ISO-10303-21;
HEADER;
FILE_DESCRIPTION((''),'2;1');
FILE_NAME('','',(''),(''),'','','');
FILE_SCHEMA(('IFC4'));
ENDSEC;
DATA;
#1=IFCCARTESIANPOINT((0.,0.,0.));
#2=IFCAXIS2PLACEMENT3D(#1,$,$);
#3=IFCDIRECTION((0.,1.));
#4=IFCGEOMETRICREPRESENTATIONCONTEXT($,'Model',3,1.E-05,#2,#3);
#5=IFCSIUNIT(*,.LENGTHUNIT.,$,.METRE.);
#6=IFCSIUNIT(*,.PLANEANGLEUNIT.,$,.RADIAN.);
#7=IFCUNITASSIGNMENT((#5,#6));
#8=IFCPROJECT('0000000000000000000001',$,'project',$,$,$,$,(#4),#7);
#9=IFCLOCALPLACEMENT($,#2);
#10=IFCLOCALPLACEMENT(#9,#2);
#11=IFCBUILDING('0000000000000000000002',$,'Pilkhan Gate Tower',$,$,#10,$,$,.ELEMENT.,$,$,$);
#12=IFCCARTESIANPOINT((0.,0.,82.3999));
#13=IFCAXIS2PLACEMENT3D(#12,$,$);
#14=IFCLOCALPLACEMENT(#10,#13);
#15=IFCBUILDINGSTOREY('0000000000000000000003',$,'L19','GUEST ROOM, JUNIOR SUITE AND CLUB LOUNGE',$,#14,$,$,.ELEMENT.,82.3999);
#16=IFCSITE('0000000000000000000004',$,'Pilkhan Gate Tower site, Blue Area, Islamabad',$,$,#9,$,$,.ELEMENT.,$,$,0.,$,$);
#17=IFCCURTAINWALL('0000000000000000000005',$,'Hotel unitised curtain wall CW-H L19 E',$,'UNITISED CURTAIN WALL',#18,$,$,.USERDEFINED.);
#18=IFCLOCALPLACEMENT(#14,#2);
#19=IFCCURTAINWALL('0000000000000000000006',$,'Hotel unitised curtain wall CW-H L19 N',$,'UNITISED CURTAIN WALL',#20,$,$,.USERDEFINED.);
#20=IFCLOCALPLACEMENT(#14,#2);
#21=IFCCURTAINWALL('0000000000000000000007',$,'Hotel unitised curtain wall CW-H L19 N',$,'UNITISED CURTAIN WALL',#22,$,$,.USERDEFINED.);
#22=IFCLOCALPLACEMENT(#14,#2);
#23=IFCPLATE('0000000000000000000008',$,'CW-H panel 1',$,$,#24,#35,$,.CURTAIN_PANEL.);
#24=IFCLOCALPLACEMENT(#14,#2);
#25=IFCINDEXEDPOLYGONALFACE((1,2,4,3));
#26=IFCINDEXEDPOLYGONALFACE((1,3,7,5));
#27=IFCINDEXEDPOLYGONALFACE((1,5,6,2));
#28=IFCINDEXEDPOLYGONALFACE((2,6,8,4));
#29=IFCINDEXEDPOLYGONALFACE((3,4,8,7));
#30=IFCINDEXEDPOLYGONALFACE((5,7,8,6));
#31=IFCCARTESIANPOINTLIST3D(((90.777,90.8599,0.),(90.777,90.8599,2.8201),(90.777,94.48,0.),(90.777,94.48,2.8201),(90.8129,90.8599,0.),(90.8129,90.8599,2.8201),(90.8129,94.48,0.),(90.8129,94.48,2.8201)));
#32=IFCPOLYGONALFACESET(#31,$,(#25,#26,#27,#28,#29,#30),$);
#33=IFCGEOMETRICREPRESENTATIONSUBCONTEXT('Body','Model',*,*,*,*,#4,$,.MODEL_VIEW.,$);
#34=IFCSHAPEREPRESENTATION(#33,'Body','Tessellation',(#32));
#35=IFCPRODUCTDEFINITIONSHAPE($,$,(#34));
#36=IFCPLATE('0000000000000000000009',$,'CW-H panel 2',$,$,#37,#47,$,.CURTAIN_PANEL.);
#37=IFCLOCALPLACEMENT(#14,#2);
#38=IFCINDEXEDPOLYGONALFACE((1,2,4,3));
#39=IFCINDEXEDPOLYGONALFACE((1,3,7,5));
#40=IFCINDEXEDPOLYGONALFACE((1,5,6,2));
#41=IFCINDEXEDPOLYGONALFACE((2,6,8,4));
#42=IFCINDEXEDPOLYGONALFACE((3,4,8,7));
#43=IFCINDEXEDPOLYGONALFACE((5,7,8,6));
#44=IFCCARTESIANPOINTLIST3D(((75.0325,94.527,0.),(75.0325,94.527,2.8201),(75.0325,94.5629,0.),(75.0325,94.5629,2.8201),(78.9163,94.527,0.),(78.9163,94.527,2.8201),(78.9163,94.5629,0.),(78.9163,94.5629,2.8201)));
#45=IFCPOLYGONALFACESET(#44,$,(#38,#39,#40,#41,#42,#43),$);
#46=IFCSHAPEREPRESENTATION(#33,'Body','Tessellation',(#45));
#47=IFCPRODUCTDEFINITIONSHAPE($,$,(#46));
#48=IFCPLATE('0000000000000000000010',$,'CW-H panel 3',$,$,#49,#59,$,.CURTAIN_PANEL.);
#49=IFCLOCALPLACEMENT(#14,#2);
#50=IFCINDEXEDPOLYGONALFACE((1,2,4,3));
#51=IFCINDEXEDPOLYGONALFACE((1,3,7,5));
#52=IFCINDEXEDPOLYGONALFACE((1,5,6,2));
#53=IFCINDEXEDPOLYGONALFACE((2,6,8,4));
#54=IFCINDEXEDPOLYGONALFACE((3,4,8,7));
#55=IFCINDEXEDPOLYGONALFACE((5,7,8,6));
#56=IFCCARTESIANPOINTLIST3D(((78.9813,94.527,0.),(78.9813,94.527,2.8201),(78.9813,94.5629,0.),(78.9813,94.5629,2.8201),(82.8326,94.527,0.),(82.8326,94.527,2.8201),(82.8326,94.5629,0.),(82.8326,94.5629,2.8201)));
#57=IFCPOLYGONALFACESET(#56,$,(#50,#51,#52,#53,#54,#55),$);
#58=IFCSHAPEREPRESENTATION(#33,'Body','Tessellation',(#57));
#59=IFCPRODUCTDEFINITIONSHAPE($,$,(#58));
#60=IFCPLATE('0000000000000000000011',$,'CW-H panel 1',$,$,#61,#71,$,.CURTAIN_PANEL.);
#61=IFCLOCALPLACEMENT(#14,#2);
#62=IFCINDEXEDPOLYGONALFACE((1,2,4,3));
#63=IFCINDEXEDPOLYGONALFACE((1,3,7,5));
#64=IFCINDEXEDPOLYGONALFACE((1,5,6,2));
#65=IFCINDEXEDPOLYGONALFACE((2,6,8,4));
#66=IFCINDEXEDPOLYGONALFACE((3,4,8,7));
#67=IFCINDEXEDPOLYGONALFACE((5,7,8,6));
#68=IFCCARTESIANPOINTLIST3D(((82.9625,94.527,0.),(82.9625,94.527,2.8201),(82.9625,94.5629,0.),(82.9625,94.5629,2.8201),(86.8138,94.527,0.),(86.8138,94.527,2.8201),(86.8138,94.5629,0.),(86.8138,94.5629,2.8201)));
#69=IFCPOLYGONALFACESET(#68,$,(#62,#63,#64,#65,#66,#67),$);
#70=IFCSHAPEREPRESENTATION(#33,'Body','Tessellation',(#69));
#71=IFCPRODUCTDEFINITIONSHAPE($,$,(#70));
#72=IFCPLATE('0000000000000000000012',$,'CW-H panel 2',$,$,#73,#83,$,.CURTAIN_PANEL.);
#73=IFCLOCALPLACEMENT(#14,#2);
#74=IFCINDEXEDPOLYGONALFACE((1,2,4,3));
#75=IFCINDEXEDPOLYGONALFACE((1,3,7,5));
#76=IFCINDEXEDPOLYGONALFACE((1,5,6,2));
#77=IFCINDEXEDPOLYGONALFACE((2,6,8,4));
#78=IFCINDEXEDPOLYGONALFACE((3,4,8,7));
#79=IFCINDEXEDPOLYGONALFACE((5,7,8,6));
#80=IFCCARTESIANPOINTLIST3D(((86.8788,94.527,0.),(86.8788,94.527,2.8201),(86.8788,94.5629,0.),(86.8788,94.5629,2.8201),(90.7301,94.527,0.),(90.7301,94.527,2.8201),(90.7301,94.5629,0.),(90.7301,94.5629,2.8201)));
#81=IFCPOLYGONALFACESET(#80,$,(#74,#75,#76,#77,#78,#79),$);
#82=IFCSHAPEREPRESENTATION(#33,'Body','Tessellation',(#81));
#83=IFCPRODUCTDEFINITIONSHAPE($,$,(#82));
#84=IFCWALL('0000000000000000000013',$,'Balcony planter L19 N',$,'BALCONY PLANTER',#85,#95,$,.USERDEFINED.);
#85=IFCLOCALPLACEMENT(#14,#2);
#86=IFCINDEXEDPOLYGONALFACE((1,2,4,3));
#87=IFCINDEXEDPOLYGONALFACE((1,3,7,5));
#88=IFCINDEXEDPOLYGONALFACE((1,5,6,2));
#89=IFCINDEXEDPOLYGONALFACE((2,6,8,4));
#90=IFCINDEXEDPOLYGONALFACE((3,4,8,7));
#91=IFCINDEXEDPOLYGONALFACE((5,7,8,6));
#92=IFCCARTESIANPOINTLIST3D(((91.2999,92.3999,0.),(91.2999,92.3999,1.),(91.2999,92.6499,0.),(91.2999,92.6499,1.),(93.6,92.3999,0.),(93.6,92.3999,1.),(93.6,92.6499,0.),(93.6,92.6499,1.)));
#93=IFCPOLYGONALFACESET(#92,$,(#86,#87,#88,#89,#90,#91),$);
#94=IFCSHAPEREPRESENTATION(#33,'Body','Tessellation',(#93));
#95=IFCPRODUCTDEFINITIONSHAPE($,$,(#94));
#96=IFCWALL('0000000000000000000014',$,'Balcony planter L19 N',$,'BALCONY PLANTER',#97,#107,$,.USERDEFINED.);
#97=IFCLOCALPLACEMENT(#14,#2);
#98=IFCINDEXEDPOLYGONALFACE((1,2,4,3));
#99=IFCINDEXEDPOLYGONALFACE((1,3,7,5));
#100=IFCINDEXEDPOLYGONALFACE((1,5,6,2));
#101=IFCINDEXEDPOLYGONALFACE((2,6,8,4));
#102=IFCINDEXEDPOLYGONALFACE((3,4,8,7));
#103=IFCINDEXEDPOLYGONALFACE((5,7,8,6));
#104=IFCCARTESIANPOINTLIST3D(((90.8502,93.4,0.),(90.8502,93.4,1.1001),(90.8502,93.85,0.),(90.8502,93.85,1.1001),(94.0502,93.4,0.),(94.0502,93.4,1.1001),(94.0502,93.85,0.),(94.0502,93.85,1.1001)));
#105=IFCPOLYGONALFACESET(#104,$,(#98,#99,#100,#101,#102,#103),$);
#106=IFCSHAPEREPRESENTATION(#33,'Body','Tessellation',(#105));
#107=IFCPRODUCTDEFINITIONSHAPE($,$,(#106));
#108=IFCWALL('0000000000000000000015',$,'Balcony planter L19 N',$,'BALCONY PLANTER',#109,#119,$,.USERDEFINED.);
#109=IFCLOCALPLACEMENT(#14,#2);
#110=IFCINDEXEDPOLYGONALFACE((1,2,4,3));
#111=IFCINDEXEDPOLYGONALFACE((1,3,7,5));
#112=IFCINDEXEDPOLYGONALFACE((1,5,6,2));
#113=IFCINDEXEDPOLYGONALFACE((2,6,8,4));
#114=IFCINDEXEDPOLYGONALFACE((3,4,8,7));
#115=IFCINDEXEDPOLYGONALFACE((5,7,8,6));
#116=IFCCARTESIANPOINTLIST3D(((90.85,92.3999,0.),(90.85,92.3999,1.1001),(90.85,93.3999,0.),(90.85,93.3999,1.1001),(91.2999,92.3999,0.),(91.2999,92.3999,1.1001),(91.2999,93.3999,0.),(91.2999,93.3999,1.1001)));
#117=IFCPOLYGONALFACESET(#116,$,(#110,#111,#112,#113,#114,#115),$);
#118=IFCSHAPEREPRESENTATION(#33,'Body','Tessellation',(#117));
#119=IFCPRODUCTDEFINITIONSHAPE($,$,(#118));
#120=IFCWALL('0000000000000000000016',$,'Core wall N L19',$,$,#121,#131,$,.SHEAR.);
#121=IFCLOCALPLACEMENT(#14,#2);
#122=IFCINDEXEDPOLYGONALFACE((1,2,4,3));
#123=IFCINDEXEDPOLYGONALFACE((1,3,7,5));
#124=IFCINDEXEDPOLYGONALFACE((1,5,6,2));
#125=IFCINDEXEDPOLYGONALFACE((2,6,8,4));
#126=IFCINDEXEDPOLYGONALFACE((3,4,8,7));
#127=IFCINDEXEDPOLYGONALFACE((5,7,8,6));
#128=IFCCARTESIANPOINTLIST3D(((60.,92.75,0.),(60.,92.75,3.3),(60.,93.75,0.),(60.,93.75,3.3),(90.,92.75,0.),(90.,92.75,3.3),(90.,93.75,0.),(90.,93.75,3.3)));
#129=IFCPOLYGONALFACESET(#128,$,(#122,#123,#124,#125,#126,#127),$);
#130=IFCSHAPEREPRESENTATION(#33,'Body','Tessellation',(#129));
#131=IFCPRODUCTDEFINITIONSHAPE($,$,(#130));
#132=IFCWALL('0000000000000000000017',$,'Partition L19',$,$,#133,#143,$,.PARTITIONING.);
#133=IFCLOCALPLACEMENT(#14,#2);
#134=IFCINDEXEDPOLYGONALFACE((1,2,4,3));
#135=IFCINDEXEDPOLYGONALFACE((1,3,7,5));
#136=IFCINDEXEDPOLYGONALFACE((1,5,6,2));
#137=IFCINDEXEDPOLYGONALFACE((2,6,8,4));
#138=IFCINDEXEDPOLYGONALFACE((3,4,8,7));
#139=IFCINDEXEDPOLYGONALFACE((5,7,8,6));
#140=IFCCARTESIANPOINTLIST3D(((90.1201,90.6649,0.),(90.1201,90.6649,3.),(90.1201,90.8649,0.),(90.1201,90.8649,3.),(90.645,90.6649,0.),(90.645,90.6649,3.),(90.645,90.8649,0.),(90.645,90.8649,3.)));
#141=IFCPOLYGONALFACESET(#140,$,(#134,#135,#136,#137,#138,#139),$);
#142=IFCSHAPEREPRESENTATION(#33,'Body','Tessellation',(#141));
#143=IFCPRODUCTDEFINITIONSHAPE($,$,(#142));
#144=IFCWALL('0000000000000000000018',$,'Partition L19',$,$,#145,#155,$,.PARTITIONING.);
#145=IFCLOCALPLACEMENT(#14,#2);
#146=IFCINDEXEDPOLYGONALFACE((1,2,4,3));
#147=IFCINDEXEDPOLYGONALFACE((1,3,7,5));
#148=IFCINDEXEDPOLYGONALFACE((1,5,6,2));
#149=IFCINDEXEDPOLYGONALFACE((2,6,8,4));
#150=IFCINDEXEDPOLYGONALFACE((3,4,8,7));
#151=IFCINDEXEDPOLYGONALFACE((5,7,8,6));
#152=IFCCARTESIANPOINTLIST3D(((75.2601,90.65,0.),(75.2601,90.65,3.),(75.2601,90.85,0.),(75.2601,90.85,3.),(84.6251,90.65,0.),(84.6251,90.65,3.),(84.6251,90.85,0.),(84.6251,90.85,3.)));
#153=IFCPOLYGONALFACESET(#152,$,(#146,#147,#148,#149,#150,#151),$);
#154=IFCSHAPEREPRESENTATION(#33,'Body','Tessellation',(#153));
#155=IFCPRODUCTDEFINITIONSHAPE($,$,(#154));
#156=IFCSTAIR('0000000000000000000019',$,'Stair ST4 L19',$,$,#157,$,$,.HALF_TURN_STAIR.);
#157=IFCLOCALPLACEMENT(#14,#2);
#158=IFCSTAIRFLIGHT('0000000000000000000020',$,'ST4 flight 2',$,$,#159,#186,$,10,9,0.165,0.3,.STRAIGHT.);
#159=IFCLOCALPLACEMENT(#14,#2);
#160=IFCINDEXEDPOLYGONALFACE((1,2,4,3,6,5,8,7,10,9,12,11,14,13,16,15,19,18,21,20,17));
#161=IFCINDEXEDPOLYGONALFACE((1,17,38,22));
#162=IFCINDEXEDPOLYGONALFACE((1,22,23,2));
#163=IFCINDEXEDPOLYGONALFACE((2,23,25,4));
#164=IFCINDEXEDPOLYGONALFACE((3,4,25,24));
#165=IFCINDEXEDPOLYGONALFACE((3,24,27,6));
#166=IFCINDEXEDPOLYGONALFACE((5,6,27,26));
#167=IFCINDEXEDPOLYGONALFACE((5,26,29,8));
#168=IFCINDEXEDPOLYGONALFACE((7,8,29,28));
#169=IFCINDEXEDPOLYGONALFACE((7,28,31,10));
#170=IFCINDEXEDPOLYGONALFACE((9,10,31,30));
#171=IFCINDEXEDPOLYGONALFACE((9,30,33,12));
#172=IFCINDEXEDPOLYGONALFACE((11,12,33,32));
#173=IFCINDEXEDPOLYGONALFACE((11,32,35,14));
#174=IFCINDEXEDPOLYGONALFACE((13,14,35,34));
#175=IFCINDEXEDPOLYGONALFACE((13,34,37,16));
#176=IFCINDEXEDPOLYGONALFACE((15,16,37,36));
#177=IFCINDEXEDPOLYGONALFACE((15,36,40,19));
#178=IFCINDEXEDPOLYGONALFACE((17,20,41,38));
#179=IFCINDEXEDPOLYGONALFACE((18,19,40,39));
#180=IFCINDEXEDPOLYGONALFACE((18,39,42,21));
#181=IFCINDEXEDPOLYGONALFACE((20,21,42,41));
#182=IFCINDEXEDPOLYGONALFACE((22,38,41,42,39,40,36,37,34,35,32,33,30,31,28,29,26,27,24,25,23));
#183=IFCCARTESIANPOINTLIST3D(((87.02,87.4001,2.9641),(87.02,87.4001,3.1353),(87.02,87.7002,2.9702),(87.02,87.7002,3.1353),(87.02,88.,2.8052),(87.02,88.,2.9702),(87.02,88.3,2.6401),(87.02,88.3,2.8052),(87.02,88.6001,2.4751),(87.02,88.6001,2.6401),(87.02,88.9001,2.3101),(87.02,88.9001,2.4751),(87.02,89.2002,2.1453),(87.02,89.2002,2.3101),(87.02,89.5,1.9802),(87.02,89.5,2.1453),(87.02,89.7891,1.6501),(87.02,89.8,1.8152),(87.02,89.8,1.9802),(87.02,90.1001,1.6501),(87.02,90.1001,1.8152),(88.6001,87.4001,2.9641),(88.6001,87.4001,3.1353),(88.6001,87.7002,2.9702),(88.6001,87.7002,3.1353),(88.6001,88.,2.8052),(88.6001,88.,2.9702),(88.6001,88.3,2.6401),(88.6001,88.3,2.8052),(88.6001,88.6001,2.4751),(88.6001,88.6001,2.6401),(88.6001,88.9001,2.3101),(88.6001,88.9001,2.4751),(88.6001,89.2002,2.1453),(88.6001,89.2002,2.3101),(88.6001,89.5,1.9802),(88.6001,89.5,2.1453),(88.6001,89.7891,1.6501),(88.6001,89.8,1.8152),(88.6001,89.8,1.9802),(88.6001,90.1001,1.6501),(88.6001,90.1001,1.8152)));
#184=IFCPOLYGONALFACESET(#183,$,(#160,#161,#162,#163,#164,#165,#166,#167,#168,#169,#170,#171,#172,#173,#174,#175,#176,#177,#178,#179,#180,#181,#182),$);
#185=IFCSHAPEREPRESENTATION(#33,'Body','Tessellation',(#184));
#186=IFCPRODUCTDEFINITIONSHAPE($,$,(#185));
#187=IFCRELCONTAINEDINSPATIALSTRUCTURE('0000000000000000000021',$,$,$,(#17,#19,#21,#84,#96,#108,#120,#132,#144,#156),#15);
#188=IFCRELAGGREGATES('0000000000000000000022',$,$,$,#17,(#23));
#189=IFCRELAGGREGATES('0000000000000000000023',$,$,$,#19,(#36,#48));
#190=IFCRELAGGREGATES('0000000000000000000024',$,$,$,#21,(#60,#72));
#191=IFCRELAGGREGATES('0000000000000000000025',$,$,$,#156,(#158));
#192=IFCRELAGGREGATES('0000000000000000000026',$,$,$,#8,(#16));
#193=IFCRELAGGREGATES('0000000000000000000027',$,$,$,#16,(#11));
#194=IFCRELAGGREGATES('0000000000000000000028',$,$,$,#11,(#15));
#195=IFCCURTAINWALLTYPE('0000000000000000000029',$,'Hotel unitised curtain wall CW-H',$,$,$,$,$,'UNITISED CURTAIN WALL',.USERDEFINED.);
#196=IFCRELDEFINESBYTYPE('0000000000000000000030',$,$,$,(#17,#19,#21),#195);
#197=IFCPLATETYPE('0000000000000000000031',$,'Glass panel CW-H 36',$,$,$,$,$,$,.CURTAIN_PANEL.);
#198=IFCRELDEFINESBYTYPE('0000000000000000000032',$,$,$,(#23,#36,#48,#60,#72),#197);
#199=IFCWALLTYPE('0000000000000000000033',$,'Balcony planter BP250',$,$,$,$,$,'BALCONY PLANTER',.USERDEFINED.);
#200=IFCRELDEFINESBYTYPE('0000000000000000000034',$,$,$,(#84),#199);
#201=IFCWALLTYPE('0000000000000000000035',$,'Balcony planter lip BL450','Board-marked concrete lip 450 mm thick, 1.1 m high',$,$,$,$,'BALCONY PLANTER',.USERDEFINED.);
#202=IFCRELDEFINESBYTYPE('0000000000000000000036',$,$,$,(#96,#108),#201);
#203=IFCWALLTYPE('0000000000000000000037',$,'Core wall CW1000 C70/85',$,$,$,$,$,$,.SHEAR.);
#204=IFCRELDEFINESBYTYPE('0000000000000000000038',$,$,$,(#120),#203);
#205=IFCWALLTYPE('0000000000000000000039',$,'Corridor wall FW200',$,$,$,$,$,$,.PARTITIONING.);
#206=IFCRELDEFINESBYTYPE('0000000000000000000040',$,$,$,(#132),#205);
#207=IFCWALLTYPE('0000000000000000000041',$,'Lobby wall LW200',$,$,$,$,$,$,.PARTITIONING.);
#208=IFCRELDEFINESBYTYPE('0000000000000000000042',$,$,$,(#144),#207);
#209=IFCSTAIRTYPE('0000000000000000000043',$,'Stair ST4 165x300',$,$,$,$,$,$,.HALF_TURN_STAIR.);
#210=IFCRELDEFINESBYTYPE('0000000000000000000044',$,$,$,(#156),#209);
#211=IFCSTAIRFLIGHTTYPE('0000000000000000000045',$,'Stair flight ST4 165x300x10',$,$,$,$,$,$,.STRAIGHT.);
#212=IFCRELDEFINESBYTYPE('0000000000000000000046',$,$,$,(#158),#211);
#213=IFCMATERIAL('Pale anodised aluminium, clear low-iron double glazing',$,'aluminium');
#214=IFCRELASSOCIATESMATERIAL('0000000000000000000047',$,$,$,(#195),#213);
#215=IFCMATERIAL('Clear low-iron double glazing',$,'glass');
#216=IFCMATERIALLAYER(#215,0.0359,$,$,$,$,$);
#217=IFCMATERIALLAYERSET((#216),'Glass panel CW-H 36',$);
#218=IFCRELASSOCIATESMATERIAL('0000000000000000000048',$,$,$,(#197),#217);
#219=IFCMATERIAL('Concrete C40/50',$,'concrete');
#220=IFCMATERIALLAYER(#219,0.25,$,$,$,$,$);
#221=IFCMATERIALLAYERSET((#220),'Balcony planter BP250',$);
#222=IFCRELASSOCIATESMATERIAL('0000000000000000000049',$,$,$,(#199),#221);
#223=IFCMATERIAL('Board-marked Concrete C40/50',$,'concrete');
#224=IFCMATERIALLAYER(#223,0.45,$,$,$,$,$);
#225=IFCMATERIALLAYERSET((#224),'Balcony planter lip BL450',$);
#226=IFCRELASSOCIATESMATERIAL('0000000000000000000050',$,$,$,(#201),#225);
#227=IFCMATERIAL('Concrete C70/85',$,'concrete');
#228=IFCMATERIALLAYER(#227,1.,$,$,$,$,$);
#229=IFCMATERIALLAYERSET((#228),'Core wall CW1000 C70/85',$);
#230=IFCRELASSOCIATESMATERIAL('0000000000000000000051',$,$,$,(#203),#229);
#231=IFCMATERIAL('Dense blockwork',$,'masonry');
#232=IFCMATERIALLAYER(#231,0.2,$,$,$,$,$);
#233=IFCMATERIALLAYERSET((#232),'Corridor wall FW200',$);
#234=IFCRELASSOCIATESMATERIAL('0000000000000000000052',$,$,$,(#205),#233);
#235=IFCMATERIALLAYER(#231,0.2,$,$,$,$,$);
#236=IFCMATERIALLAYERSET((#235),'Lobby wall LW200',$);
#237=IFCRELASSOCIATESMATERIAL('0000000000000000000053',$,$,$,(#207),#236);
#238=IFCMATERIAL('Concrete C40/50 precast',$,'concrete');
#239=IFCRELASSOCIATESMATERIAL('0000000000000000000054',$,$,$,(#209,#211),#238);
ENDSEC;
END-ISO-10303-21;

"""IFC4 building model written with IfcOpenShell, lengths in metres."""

from ifc_helpers import new_model, si_unit, direction, frame, frame_2d, origin, origin_2d, place, context, subcontext, project, spatial, polyline, rectangle, outline, extrude, material, layer, layer_set, type_object, element, aggregate, save


model = new_model("IFC4")

# Units and contexts
model_context = context("Model", 3, precision=1e-05, world=origin(), true_north=direction((0.0, 1.0)))
body_context = subcontext(model_context, "Body", "Model", "MODEL_VIEW")
ifc_project = project(units=[si_unit("LENGTHUNIT", "METRE"), si_unit("PLANEANGLEUNIT", "RADIAN")], contexts=[model_context])

# Site, building, storey
site_placement = place(None, origin())
site = spatial("IfcSite", under=ifc_project, at=site_placement, Name="Pilkhan Gate Tower site, Blue Area, Islamabad", CompositionType="ELEMENT", RefElevation=0.0)
building_placement = place(site_placement, origin())
building = spatial("IfcBuilding", under=site, at=building_placement, Name="Pilkhan Gate Tower", CompositionType="ELEMENT")
storey_placement = place(building_placement, frame((0.0, 0.0, 82.3999)))
storey = spatial("IfcBuildingStorey", under=building, at=storey_placement, Name="L19", Description="GUEST ROOM, JUNIOR SUITE AND CLUB LOUNGE", CompositionType="ELEMENT", Elevation=82.3999)

# Curtain walls
ifc_material_1 = material(Name="Pale anodised aluminium, clear low-iron double glazing", Category="aluminium")
curtain_wall_type = type_object("IfcCurtainWallType", Name="Hotel unitised curtain wall CW-H", ElementType="UNITISED CURTAIN WALL", PredefinedType="USERDEFINED", material=ifc_material_1)
curtain_wall_1_placement = place(storey_placement, origin())
curtain_wall_1 = element("IfcCurtainWall", 1, at=curtain_wall_1_placement, inside=storey, type_object=curtain_wall_type, Name="Hotel unitised curtain wall CW-H L19 E", ObjectType="UNITISED CURTAIN WALL", PredefinedType="USERDEFINED")
curtain_wall_2_placement = place(storey_placement, origin())
curtain_wall_2 = element("IfcCurtainWall", 2, at=curtain_wall_2_placement, inside=storey, type_object=curtain_wall_type, Name="Hotel unitised curtain wall CW-H L19 N", ObjectType="UNITISED CURTAIN WALL", PredefinedType="USERDEFINED")
curtain_wall_3_placement = place(storey_placement, origin())
curtain_wall_3 = element("IfcCurtainWall", 3, at=curtain_wall_3_placement, inside=storey, type_object=curtain_wall_type, Name="Hotel unitised curtain wall CW-H L19 N", ObjectType="UNITISED CURTAIN WALL", PredefinedType="USERDEFINED")

# Plates
ifc_material_2 = material(Name="Clear low-iron double glazing", Category="glass")
ifc_layer_1 = layer(ifc_material_2, 0.0359)
ifc_layer_set_1 = layer_set([ifc_layer_1], Name="Glass panel CW-H 36")
plate_type = type_object("IfcPlateType", Name="Glass panel CW-H 36", PredefinedType="CURTAIN_PANEL", material=ifc_layer_set_1)
plate_1_placement = place(storey_placement, frame((90.7949, 92.6699, 0.0), z_axis=(0.0, 0.0, 1.0), x_axis=(0.0, 1.0, 0.0)))
plate_1 = element("IfcPlate", 4, at=plate_1_placement, type_object=plate_type, Name="CW-H panel 1", PredefinedType="CURTAIN_PANEL", context=body_context, shape_type="SweptSolid", body=[
    extrude(rectangle(XDim=3.6201, YDim=0.0359, at=origin_2d()), origin(), (0.0, 0.0, 1.0), 2.8201),
])
aggregate(curtain_wall_1, [plate_1])
plate_2_placement = place(storey_placement, frame((76.9744, 94.5449, 0.0), z_axis=(0.0, 0.0, 1.0), x_axis=(1.0, 0.0, 0.0)))
plate_2 = element("IfcPlate", 5, at=plate_2_placement, type_object=plate_type, Name="CW-H panel 2", PredefinedType="CURTAIN_PANEL", context=body_context, shape_type="SweptSolid", body=[
    extrude(rectangle(XDim=3.8838, YDim=0.0359, at=origin_2d()), origin(), (0.0, 0.0, 1.0), 2.8201),
])
plate_3_placement = place(storey_placement, frame((80.907, 94.5449, 0.0), z_axis=(0.0, 0.0, 1.0), x_axis=(1.0, 0.0, 0.0)))
plate_3 = element("IfcPlate", 6, at=plate_3_placement, type_object=plate_type, Name="CW-H panel 3", PredefinedType="CURTAIN_PANEL", context=body_context, shape_type="SweptSolid", body=[
    extrude(rectangle(XDim=3.8513, YDim=0.0359, at=origin_2d()), origin(), (0.0, 0.0, 1.0), 2.8201),
])
aggregate(curtain_wall_2, [plate_2, plate_3])
plate_4_placement = place(storey_placement, frame((84.8882, 94.5449, 0.0), z_axis=(0.0, 0.0, 1.0), x_axis=(1.0, 0.0, 0.0)))
plate_4 = element("IfcPlate", 7, at=plate_4_placement, type_object=plate_type, Name="CW-H panel 1", PredefinedType="CURTAIN_PANEL", context=body_context, shape_type="SweptSolid", body=[
    extrude(rectangle(XDim=3.8513, YDim=0.0359, at=origin_2d()), origin(), (0.0, 0.0, 1.0), 2.8201),
])
plate_5_placement = place(storey_placement, frame((88.8044, 94.5449, 0.0), z_axis=(0.0, 0.0, 1.0), x_axis=(1.0, 0.0, 0.0)))
plate_5 = element("IfcPlate", 8, at=plate_5_placement, type_object=plate_type, Name="CW-H panel 2", PredefinedType="CURTAIN_PANEL", context=body_context, shape_type="SweptSolid", body=[
    extrude(rectangle(XDim=3.8513, YDim=0.0359, at=origin_2d()), origin(), (0.0, 0.0, 1.0), 2.8201),
])
aggregate(curtain_wall_3, [plate_4, plate_5])

# Walls
ifc_material_3 = material(Name="Concrete C40/50", Category="concrete")
ifc_layer_2 = layer(ifc_material_3, 0.25)
ifc_layer_set_2 = layer_set([ifc_layer_2], Name="Balcony planter BP250")
wall_type_1 = type_object("IfcWallType", Name="Balcony planter BP250", ElementType="BALCONY PLANTER", PredefinedType="USERDEFINED", material=ifc_layer_set_2)
wall_1_placement = place(storey_placement, frame((91.3, 92.5249, 0.0), z_axis=(0.0, 0.0, 1.0), x_axis=(1.0, 0.0, 0.0)))
element("IfcWall", 9, at=wall_1_placement, inside=storey, type_object=wall_type_1, Name="Balcony planter L19 N", ObjectType="BALCONY PLANTER", PredefinedType="USERDEFINED", context=body_context, shape_type="SweptSolid", body=[
    extrude(rectangle(XDim=2.3, YDim=0.25, at=frame_2d((1.1499, 0.0))), origin(), (0.0, 0.0, 1.0), 1.0),
])
ifc_material_4 = material(Name="Board-marked Concrete C40/50", Category="concrete")
ifc_layer_3 = layer(ifc_material_4, 0.45)
ifc_layer_set_3 = layer_set([ifc_layer_3], Name="Balcony planter lip BL450")
wall_type_2 = type_object("IfcWallType", Name="Balcony planter lip BL450", Description="Board-marked concrete lip 450 mm thick, 1.1 m high", ElementType="BALCONY PLANTER", PredefinedType="USERDEFINED", material=ifc_layer_set_3)
wall_2_placement = place(storey_placement, frame((90.8501, 93.625, 0.0), z_axis=(0.0, 0.0, 1.0), x_axis=(1.0, 0.0, 0.0)))
element("IfcWall", 10, at=wall_2_placement, inside=storey, type_object=wall_type_2, Name="Balcony planter L19 N", ObjectType="BALCONY PLANTER", PredefinedType="USERDEFINED", context=body_context, shape_type="SweptSolid", body=[
    extrude(rectangle(XDim=3.2, YDim=0.45, at=frame_2d((1.6001, 0.0))), origin(), (0.0, 0.0, 1.0), 1.1001),
])
wall_3_placement = place(storey_placement, frame((91.075, 92.3999, 0.0), z_axis=(0.0, 0.0, 1.0), x_axis=(0.0, 1.0, 0.0)))
element("IfcWall", 11, at=wall_3_placement, inside=storey, type_object=wall_type_2, Name="Balcony planter L19 N", ObjectType="BALCONY PLANTER", PredefinedType="USERDEFINED", context=body_context, shape_type="SweptSolid", body=[
    extrude(rectangle(XDim=1.0, YDim=0.45, at=frame_2d((0.5, 0.0))), origin(), (0.0, 0.0, 1.0), 1.1001),
])
ifc_material_5 = material(Name="Concrete C70/85", Category="concrete")
ifc_layer_4 = layer(ifc_material_5, 1.0)
ifc_layer_set_4 = layer_set([ifc_layer_4], Name="Core wall CW1000 C70/85")
wall_type_3 = type_object("IfcWallType", Name="Core wall CW1000 C70/85", PredefinedType="SHEAR", material=ifc_layer_set_4)
wall_4_placement = place(storey_placement, frame((90.0, 93.25, 0.0), z_axis=(0.0, 0.0, 1.0), x_axis=(-1.0, 0.0, 0.0)))
element("IfcWall", 12, at=wall_4_placement, inside=storey, type_object=wall_type_3, Name="Core wall N L19", PredefinedType="SHEAR", context=body_context, shape_type="SweptSolid", body=[
    extrude(rectangle(XDim=30.0, YDim=1.0, at=frame_2d((15.0, 0.0))), origin(), (0.0, 0.0, 1.0), 3.3),
])
ifc_material_6 = material(Name="Dense blockwork", Category="masonry")
ifc_layer_5 = layer(ifc_material_6, 0.2)
ifc_layer_set_5 = layer_set([ifc_layer_5], Name="Corridor wall FW200")
wall_type_4 = type_object("IfcWallType", Name="Corridor wall FW200", PredefinedType="PARTITIONING", material=ifc_layer_set_5)
wall_5_placement = place(storey_placement, frame((90.1201, 90.7649, 0.0), z_axis=(0.0, 0.0, 1.0), x_axis=(1.0, 0.0, 0.0)))
element("IfcWall", 13, at=wall_5_placement, inside=storey, type_object=wall_type_4, Name="Partition L19", PredefinedType="PARTITIONING", context=body_context, shape_type="SweptSolid", body=[
    extrude(rectangle(XDim=0.5249, YDim=0.2, at=frame_2d((0.2625, 0.0))), origin(), (0.0, 0.0, 1.0), 3.0),
])

# Wall
ifc_layer_6 = layer(ifc_material_6, 0.2)
ifc_layer_set_6 = layer_set([ifc_layer_6], Name="Lobby wall LW200")
wall_type_5 = type_object("IfcWallType", Name="Lobby wall LW200", PredefinedType="PARTITIONING", material=ifc_layer_set_6)
wall_6_placement = place(storey_placement, frame((75.26, 90.75, 0.0), z_axis=(0.0, 0.0, 1.0), x_axis=(1.0, 0.0, 0.0)))
element("IfcWall", 14, at=wall_6_placement, inside=storey, type_object=wall_type_5, Name="Partition L19", PredefinedType="PARTITIONING", context=body_context, shape_type="SweptSolid", body=[
    extrude(rectangle(XDim=9.365, YDim=0.2, at=frame_2d((4.6826, 0.0))), origin(), (0.0, 0.0, 1.0), 3.0),
])

# Stair, stair flight
ifc_material_7 = material(Name="Concrete C40/50 precast", Category="concrete")
stair_type = type_object("IfcStairType", Name="Stair ST4 165x300", PredefinedType="HALF_TURN_STAIR", material=ifc_material_7)
stair_placement = place(storey_placement, origin())
stair = element("IfcStair", 15, at=stair_placement, inside=storey, type_object=stair_type, Name="Stair ST4 L19", PredefinedType="HALF_TURN_STAIR")
stair_flight_type = type_object("IfcStairFlightType", Name="Stair flight ST4 165x300x10", PredefinedType="STRAIGHT", material=ifc_material_7)
stair_flight_placement = place(storey_placement, frame((87.8101, 90.1001, 1.6501), z_axis=(0.0, 0.0, 1.0), x_axis=(0.0, -1.0, 0.0)))
stair_flight = element("IfcStairFlight", 16, at=stair_flight_placement, type_object=stair_flight_type, Name="ST4 flight 2", NumberOfRisers=10, NumberOfTreads=9, PredefinedType="STRAIGHT", RiserHeight=0.165, TreadLength=0.3, context=body_context, shape_type="SweptSolid", body=[
    extrude(outline(polyline([(0.0, 0.0), (0.0, 0.165), (0.3, 0.165), (0.3, 0.3301), (0.6001, 0.3301), (0.6001, 0.4951), (0.8999, 0.4951), (0.8999, 0.6599), (1.2, 0.6599), (1.2, 0.825), (1.5, 0.825), (1.5, 0.99), (1.8, 0.99), (1.8, 1.155), (2.1001, 1.155), (2.1001, 1.3201), (2.3999, 1.3201), (2.3999, 1.4851), (2.7, 1.4851), (2.7, 1.6499), (2.7, 1.314), (0.311, 0.0), (0.0, 0.0)])), frame((0.0, 0.79, 0.0), z_axis=(0.0, -1.0, 0.0), x_axis=(1.0, 0.0, 0.0)), (0.0, 0.0, 1.0), 1.5801),
])
aggregate(stair, [stair_flight])

save(model, "model.ifc")
